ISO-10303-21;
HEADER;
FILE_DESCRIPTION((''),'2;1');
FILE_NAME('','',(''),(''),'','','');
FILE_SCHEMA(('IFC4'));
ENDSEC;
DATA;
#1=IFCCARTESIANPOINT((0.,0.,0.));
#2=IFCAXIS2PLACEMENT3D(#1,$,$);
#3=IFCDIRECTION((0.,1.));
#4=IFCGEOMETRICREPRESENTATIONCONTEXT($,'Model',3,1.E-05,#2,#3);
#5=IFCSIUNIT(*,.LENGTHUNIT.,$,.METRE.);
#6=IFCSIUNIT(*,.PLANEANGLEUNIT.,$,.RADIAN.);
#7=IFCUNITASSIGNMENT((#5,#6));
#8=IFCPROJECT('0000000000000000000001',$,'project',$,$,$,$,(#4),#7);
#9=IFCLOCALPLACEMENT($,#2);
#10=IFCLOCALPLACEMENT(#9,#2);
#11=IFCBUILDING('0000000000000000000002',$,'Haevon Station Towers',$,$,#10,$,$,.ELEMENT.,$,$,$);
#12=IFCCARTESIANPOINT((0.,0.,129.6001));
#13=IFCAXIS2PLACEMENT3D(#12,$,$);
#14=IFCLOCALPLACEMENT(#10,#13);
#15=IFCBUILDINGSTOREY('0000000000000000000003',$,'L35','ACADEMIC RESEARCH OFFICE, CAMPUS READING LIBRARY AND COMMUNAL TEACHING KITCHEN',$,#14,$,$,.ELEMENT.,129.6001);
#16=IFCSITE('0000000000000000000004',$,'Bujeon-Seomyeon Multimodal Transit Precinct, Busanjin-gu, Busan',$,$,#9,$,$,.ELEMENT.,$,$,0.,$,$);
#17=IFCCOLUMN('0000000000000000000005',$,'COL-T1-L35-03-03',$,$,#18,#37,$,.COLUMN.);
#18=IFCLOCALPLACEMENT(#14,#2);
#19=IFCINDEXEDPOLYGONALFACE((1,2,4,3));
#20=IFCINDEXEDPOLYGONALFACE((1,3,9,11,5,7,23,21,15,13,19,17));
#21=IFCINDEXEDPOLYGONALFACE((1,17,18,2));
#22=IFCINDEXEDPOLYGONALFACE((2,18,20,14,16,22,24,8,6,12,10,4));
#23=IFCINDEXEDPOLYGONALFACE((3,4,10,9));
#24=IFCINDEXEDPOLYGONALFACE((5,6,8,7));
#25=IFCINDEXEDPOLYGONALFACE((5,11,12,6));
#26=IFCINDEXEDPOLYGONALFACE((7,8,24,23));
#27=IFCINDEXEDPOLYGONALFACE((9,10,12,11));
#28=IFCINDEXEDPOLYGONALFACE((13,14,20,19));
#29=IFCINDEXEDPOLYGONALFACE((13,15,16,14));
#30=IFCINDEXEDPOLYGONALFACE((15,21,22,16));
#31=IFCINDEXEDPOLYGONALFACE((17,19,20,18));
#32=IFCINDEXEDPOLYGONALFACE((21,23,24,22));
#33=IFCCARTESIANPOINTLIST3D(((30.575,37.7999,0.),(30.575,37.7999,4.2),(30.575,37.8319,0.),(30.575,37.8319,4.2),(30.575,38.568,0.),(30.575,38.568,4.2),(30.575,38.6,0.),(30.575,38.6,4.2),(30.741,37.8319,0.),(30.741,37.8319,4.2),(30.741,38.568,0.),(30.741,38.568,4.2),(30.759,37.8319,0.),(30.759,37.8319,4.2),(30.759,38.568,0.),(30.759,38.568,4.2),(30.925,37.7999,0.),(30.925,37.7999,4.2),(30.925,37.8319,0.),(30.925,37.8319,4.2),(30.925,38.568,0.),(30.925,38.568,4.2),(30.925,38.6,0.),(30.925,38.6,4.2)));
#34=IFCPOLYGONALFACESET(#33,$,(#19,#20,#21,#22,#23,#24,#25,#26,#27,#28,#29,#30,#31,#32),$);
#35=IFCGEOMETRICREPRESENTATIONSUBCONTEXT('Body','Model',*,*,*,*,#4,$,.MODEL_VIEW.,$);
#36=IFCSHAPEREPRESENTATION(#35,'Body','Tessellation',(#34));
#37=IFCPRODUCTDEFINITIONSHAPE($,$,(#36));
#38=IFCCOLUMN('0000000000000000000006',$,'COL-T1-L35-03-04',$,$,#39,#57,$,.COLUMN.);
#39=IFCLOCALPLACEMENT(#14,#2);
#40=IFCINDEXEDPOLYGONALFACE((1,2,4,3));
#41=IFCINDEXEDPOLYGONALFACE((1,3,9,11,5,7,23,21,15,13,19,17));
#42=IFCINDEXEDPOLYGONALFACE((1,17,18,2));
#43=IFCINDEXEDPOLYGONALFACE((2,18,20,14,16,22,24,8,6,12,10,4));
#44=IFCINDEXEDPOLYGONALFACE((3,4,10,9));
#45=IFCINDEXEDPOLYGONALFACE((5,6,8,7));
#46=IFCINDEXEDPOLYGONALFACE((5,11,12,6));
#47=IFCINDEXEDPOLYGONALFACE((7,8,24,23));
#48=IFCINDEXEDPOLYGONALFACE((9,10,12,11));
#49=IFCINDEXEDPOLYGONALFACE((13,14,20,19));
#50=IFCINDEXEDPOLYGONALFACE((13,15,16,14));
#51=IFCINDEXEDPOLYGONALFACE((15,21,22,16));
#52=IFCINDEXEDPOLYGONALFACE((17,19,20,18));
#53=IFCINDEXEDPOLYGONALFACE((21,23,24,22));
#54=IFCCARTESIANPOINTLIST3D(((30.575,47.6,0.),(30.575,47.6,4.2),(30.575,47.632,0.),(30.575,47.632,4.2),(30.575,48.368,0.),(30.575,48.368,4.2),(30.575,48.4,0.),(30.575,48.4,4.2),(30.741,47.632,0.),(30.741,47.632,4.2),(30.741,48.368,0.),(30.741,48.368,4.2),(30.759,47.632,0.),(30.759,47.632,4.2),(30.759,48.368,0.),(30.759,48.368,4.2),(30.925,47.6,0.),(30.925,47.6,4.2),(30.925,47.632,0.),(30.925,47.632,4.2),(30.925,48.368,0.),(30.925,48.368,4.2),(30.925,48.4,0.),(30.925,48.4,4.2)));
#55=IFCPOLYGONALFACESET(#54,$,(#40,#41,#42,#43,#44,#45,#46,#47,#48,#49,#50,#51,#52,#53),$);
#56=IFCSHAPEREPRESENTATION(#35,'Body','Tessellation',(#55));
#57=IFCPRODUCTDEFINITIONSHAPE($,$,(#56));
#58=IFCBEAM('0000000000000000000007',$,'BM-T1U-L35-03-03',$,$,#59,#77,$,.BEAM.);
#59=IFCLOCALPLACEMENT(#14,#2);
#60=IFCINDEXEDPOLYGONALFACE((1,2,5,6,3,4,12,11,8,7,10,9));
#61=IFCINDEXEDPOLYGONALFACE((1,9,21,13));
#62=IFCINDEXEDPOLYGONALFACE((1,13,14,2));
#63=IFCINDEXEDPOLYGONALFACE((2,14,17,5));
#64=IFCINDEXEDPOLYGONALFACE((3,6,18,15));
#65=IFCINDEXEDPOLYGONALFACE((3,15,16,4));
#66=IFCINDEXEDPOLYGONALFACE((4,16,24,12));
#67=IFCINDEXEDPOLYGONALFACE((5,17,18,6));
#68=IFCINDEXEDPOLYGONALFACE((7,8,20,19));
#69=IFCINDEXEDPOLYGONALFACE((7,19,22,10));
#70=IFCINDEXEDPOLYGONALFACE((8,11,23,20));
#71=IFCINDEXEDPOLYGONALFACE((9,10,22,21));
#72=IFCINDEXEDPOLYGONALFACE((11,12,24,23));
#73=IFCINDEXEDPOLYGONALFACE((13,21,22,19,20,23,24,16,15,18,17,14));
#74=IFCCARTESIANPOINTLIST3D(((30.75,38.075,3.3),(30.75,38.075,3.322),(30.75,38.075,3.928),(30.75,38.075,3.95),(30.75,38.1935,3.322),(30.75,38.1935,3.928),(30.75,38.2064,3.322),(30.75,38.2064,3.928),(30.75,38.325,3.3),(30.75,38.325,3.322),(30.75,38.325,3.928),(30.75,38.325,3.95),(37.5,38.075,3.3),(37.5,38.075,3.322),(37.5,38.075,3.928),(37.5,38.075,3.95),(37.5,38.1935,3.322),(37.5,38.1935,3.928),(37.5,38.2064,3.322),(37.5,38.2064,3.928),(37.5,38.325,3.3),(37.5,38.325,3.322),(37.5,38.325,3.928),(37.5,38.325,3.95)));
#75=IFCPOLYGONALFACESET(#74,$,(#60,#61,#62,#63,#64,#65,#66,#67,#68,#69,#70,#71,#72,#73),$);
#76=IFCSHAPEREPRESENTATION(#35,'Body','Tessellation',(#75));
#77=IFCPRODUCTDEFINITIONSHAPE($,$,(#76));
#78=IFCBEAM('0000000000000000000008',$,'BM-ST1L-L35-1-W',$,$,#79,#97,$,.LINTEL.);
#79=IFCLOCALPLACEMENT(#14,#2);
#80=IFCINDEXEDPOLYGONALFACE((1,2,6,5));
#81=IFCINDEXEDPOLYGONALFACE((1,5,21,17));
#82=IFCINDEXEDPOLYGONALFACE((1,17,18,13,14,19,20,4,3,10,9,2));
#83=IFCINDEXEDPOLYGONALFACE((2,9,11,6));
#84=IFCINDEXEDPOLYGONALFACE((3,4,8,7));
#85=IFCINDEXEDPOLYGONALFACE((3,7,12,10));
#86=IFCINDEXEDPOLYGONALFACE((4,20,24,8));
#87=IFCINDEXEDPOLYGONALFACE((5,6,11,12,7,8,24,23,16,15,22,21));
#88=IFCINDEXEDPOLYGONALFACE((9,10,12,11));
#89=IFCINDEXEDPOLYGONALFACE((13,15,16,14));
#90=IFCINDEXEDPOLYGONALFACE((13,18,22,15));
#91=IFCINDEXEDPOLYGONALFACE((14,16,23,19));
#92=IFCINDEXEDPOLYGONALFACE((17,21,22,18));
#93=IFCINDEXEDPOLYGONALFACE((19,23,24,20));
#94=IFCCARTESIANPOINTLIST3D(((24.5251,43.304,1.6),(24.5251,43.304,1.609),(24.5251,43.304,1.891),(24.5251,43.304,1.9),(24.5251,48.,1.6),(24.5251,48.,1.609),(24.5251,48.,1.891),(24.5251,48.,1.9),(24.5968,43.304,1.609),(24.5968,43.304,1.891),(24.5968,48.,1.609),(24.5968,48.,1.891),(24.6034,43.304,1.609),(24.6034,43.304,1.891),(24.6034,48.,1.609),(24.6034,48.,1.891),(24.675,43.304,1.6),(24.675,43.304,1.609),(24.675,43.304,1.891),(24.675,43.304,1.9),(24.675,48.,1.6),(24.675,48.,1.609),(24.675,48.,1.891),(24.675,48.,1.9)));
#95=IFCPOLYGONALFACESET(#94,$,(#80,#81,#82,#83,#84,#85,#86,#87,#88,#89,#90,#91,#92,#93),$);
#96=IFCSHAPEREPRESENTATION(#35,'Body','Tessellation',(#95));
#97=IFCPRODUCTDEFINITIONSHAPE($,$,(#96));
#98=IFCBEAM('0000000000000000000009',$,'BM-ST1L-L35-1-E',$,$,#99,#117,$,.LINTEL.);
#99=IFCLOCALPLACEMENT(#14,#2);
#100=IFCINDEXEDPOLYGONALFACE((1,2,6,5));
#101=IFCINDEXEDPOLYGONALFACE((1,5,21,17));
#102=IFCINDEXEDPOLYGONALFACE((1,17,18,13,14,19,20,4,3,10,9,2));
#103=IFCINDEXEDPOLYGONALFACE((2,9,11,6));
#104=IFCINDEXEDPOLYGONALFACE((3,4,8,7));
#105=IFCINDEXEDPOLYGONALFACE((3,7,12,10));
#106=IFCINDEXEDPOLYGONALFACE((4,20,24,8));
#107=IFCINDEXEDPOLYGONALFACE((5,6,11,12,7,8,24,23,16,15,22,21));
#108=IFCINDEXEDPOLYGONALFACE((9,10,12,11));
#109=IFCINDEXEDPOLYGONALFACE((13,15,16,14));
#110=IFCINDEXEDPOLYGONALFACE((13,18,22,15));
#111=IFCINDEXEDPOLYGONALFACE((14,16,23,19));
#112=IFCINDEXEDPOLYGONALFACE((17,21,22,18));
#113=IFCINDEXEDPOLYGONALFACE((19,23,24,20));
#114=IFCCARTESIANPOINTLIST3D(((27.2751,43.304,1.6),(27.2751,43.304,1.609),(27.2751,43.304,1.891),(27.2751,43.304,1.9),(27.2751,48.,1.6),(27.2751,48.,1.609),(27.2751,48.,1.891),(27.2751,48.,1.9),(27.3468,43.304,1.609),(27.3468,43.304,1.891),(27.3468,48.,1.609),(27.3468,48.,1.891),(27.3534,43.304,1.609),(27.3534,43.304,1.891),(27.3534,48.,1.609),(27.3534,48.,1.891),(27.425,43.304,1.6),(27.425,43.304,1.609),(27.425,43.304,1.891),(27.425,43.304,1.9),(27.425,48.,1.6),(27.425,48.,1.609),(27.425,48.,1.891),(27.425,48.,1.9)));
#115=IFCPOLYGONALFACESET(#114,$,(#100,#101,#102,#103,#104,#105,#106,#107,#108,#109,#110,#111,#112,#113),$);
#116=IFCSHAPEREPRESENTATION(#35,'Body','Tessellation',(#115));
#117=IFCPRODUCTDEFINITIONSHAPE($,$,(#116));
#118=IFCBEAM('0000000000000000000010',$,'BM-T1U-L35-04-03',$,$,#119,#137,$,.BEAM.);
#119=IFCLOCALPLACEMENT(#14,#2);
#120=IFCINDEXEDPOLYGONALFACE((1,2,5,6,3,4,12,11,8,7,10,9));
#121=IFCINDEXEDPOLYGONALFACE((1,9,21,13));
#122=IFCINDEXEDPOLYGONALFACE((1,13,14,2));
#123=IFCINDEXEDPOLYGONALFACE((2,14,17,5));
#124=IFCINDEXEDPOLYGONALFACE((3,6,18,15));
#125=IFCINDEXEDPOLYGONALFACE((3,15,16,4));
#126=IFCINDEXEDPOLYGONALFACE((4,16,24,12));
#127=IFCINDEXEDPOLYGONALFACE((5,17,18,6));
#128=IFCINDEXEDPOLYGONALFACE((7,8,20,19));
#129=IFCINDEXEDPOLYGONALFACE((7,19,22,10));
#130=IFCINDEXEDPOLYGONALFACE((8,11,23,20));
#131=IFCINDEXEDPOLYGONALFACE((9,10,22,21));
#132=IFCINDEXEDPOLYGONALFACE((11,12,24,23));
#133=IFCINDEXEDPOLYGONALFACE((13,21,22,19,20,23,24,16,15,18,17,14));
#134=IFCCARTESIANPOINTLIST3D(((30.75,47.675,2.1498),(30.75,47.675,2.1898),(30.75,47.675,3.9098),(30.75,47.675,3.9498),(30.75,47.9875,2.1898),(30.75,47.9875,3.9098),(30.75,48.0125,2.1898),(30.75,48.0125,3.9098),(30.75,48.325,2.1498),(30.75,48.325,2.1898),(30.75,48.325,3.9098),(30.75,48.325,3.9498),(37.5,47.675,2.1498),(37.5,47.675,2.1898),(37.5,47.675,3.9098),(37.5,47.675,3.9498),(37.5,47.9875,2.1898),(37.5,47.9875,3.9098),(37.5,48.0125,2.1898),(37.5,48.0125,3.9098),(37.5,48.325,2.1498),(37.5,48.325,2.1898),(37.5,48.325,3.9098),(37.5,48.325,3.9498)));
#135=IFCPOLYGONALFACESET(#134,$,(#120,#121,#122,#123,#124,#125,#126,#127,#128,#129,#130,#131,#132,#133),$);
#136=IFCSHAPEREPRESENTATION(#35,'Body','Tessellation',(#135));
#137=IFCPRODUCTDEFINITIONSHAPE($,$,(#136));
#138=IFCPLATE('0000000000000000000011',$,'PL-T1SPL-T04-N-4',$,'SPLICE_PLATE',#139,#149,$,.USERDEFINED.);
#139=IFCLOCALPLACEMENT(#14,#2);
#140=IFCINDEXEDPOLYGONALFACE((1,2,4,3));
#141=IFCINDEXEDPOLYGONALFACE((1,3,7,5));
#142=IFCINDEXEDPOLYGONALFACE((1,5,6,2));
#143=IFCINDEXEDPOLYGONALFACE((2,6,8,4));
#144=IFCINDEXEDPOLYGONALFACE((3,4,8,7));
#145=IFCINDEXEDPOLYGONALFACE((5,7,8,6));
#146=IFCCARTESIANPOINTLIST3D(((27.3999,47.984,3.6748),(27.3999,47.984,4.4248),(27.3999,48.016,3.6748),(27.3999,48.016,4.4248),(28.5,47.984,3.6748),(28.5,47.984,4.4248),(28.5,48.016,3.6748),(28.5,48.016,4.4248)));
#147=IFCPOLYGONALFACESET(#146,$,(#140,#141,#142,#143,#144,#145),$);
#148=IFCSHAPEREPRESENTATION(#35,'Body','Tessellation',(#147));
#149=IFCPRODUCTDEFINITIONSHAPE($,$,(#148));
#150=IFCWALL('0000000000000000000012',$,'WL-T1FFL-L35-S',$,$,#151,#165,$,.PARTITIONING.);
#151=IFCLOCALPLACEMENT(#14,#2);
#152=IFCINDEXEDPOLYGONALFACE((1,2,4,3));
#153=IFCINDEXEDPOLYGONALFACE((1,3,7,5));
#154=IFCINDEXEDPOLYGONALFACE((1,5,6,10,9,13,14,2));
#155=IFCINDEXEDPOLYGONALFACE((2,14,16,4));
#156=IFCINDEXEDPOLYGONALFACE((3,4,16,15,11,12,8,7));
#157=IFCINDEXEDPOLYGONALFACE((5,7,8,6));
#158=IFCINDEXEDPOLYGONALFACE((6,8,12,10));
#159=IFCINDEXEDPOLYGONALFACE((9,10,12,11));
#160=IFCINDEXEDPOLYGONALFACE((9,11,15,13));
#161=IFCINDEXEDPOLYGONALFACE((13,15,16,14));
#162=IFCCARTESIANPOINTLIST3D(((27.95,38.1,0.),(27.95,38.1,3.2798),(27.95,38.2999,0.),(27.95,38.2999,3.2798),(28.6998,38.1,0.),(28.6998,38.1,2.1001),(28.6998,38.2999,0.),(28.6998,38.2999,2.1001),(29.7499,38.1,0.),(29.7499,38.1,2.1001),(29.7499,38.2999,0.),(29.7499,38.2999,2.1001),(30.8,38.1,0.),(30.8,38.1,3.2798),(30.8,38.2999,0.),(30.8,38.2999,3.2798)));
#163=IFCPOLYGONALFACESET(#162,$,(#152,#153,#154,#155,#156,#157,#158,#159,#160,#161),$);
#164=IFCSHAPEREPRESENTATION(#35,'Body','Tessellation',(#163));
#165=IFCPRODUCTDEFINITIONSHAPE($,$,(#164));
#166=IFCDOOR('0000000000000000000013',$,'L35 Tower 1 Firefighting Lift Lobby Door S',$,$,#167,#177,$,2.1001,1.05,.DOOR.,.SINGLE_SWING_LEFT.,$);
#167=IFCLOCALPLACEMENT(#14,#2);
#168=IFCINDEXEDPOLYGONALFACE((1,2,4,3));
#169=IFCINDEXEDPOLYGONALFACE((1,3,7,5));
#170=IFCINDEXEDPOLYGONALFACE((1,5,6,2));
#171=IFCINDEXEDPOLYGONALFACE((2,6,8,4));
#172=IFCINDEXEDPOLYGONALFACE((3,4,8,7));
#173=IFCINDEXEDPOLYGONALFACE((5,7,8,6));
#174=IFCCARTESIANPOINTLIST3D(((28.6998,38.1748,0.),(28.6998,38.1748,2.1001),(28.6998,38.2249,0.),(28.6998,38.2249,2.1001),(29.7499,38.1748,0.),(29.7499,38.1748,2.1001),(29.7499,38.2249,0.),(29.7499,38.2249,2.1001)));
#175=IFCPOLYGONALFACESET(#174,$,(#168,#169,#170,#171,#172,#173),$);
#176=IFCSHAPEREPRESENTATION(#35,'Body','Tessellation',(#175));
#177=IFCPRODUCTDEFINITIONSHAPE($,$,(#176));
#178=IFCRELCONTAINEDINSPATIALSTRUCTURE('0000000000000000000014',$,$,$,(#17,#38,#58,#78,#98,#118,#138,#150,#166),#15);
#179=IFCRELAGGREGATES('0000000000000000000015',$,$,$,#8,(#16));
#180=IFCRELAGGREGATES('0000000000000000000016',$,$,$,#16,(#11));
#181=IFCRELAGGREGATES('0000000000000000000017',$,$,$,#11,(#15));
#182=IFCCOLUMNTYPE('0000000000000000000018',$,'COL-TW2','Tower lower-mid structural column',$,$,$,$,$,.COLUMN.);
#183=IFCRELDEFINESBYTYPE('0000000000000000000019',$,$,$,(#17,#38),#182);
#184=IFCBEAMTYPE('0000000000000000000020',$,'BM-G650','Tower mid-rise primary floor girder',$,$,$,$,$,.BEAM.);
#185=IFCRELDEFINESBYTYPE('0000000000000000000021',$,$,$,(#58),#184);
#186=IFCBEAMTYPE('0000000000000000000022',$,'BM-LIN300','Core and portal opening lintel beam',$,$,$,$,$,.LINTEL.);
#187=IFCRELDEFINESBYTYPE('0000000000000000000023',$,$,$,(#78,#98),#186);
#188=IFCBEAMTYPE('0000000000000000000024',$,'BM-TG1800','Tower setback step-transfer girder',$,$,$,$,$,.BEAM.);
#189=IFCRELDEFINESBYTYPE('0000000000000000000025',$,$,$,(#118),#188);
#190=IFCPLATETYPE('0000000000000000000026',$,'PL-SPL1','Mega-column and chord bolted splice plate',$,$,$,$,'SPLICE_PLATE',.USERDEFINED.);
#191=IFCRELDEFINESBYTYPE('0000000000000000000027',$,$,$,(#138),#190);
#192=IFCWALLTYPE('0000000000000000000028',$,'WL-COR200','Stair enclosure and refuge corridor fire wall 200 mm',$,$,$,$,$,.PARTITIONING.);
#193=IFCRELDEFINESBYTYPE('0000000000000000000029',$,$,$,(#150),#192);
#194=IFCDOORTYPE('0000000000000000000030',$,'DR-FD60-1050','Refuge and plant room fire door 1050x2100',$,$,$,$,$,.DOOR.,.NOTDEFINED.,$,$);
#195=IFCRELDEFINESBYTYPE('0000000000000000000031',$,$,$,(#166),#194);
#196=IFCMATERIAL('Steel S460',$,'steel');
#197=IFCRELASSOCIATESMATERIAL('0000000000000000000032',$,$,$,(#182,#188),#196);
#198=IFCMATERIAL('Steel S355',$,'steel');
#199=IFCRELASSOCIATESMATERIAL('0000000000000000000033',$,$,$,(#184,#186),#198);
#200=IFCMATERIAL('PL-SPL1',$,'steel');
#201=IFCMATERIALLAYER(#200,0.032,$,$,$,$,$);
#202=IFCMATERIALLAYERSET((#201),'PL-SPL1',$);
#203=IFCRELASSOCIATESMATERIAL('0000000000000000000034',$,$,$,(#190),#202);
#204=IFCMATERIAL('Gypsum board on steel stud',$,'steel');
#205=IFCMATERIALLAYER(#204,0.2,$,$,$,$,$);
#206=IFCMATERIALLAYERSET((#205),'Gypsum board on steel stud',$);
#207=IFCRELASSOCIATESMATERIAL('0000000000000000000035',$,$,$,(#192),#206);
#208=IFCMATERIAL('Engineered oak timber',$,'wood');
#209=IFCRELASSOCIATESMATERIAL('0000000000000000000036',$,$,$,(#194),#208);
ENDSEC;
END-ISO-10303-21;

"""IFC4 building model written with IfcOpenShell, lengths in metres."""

from ifc_helpers import new_model, si_unit, direction, frame, frame_2d, origin, origin_2d, place, context, subcontext, project, spatial, rectangle, i_section, extrude, material, layer, layer_set, material_profile, profile_set, type_object, element, fill, save


model = new_model("IFC4")

# Units and contexts
model_context = context("Model", 3, precision=1e-05, world=origin(), true_north=direction((0.0, 1.0)))
body_context = subcontext(model_context, "Body", "Model", "MODEL_VIEW")
ifc_project = project(units=[si_unit("LENGTHUNIT", "METRE"), si_unit("PLANEANGLEUNIT", "RADIAN")], contexts=[model_context])

# Site, building, storey
site_placement = place(None, origin())
site = spatial("IfcSite", under=ifc_project, at=site_placement, Name="Bujeon-Seomyeon Multimodal Transit Precinct, Busanjin-gu, Busan", CompositionType="ELEMENT", RefElevation=0.0)
building_placement = place(site_placement, origin())
building = spatial("IfcBuilding", under=site, at=building_placement, Name="Haevon Station Towers", CompositionType="ELEMENT")
storey_placement = place(building_placement, frame((0.0, 0.0, 129.6001)))
storey = spatial("IfcBuildingStorey", under=building, at=storey_placement, Name="L35", Description="ACADEMIC RESEARCH OFFICE, CAMPUS READING LIBRARY AND COMMUNAL TEACHING KITCHEN", CompositionType="ELEMENT", Elevation=129.6001)

# Columns
ifc_material_1 = material(Name="Steel S460", Category="steel")
ifc_material_profile_1 = material_profile(ifc_material_1, i_section(OverallWidth=0.3501, OverallDepth=0.8, WebThickness=0.0181, FlangeThickness=0.032, at=origin_2d()), Name="H-800x350x18x32")
ifc_profile_set_1 = profile_set([ifc_material_profile_1], Name="Steel S460")
column_type = type_object("IfcColumnType", Name="COL-TW2", Description="Tower lower-mid structural column", PredefinedType="COLUMN", material=ifc_profile_set_1)
for number, where, z_axis, x_axis, name in (
    (1, (30.75, 38.2, 0.0), (0.0, 0.0, 1.0), (1.0, 0.0, 0.0), "COL-T1-L35-03-03"),
    (2, (30.75, 48.0, 0.0), (0.0, 0.0, 1.0), (1.0, 0.0, 0.0), "COL-T1-L35-03-04"),
):
    element("IfcColumn", number, at=place(storey_placement, frame(where, z_axis=z_axis, x_axis=x_axis)), inside=storey, type_object=column_type, Name=name, PredefinedType="COLUMN", context=body_context, shape_type="SweptSolid", body=[
        extrude(i_section(OverallWidth=0.3501, OverallDepth=0.8, WebThickness=0.0181, FlangeThickness=0.032, at=origin_2d()), origin(), (0.0, 0.0, 1.0), 4.2),
    ])

# Beams
ifc_material_2 = material(Name="Steel S355", Category="steel")
ifc_material_profile_2 = material_profile(ifc_material_2, i_section(OverallWidth=0.25, OverallDepth=0.6499, WebThickness=0.0129, FlangeThickness=0.022, at=origin_2d()), Name="H-650x250x13x22")
ifc_profile_set_2 = profile_set([ifc_material_profile_2], Name="Steel S355")
beam_type_1 = type_object("IfcBeamType", Name="BM-G650", Description="Tower mid-rise primary floor girder", PredefinedType="BEAM", material=ifc_profile_set_2)
beam_1_placement = place(storey_placement, frame((30.75, 38.2, 3.625), z_axis=(1.0, 0.0, 0.0), x_axis=(0.0, 1.0, 0.0)))
element("IfcBeam", 3, at=beam_1_placement, inside=storey, type_object=beam_type_1, Name="BM-T1U-L35-03-03", PredefinedType="BEAM", context=body_context, shape_type="SweptSolid", body=[
    extrude(i_section(OverallWidth=0.25, OverallDepth=0.6499, WebThickness=0.0129, FlangeThickness=0.022, at=origin_2d()), origin(), (0.0, 0.0, 1.0), 6.75),
])
ifc_material_profile_3 = material_profile(ifc_material_2, i_section(OverallWidth=0.1499, OverallDepth=0.3, WebThickness=0.0066, FlangeThickness=0.009, at=origin_2d()), Name="H-300x150x6.5x9")
ifc_profile_set_3 = profile_set([ifc_material_profile_3], Name="Steel S355")
beam_type_2 = type_object("IfcBeamType", Name="BM-LIN300", Description="Core and portal opening lintel beam", PredefinedType="LINTEL", material=ifc_profile_set_3)
for number, where, z_axis, x_axis, name in (
    (4, (24.6001, 43.304, 1.75), (0.0, 1.0, 0.0), (-1.0, 0.0, 0.0), "BM-ST1L-L35-1-W"),
    (5, (27.3501, 43.304, 1.75), (0.0, 1.0, 0.0), (-1.0, 0.0, 0.0), "BM-ST1L-L35-1-E"),
):
    element("IfcBeam", number, at=place(storey_placement, frame(where, z_axis=z_axis, x_axis=x_axis)), inside=storey, type_object=beam_type_2, Name=name, PredefinedType="LINTEL", context=body_context, shape_type="SweptSolid", body=[
        extrude(i_section(OverallWidth=0.1499, OverallDepth=0.3, WebThickness=0.0066, FlangeThickness=0.009, at=origin_2d()), origin(), (0.0, 0.0, 1.0), 4.696),
    ])
ifc_material_profile_4 = material_profile(ifc_material_1, i_section(OverallWidth=0.6499, OverallDepth=1.8, WebThickness=0.0249, FlangeThickness=0.04, at=origin_2d()), Name="H-1800x650x25x40")
ifc_profile_set_4 = profile_set([ifc_material_profile_4], Name="Steel S460")
beam_type_3 = type_object("IfcBeamType", Name="BM-TG1800", Description="Tower setback step-transfer girder", PredefinedType="BEAM", material=ifc_profile_set_4)
beam_2_placement = place(storey_placement, frame((30.75, 48.0, 3.0498), z_axis=(1.0, 0.0, 0.0), x_axis=(0.0, 1.0, 0.0)))
element("IfcBeam", 6, at=beam_2_placement, inside=storey, type_object=beam_type_3, Name="BM-T1U-L35-04-03", PredefinedType="BEAM", context=body_context, shape_type="SweptSolid", body=[
    extrude(i_section(OverallWidth=0.6499, OverallDepth=1.8, WebThickness=0.0249, FlangeThickness=0.04, at=origin_2d()), origin(), (0.0, 0.0, 1.0), 6.75),
])

# Plate
ifc_material_3 = material(Name="PL-SPL1", Category="steel")
ifc_layer_1 = layer(ifc_material_3, 0.032)
ifc_layer_set_1 = layer_set([ifc_layer_1], Name="PL-SPL1")
plate_type = type_object("IfcPlateType", Name="PL-SPL1", Description="Mega-column and chord bolted splice plate", ElementType="SPLICE_PLATE", PredefinedType="USERDEFINED", material=ifc_layer_set_1)
plate_placement = place(storey_placement, frame((27.95, 48.0, 3.6748), z_axis=(0.0, 0.0, 1.0), x_axis=(1.0, 0.0, 0.0)))
element("IfcPlate", 7, at=plate_placement, inside=storey, type_object=plate_type, Name="PL-T1SPL-T04-N-4", ObjectType="SPLICE_PLATE", PredefinedType="USERDEFINED", context=body_context, shape_type="SweptSolid", body=[
    extrude(rectangle(XDim=1.1001, YDim=0.032, at=origin_2d()), origin(), (0.0, 0.0, 1.0), 0.75),
])

# Wall, opening, door
ifc_material_4 = material(Name="Gypsum board on steel stud", Category="steel")
ifc_layer_2 = layer(ifc_material_4, 0.2)
ifc_layer_set_2 = layer_set([ifc_layer_2], Name="Gypsum board on steel stud")
wall_type_1 = type_object("IfcWallType", Name="WL-COR200", Description="Stair enclosure and refuge corridor fire wall 200 mm", PredefinedType="PARTITIONING", material=ifc_layer_set_2)
wall_1_placement = place(storey_placement, frame((27.95, 38.2, 0.0), z_axis=(0.0, 0.0, 1.0), x_axis=(1.0, 0.0, 0.0)))
wall_1 = element("IfcWall", 8, at=wall_1_placement, inside=storey, type_object=wall_type_1, Name="WL-T1FFL-L35-S", PredefinedType="PARTITIONING", context=body_context, shape_type="SweptSolid", body=[
    extrude(rectangle(XDim=2.8501, YDim=0.2, at=frame_2d((1.425, 0.0))), origin(), (0.0, 0.0, 1.0), 3.2798),
])
opening_1_placement = place(wall_1_placement, frame((0.75, 0.0, 0.0)))
opening_1 = element("IfcOpeningElement", 9, at=opening_1_placement, cuts=wall_1, PredefinedType="OPENING", context=body_context, shape_type="SweptSolid", body=[
    extrude(rectangle(XDim=1.05, YDim=2.1001, at=frame_2d((0.5249, 1.05))), frame((0.0, 0.1099, 0.0), z_axis=(0.0, -1.0, 0.0), x_axis=(1.0, 0.0, 0.0)), (0.0, 0.0, 1.0), 0.22),
])
ifc_material_5 = material(Name="Engineered oak timber", Category="wood")
door_type_1 = type_object("IfcDoorType", Name="DR-FD60-1050", Description="Refuge and plant room fire door 1050x2100", OperationType="NOTDEFINED", PredefinedType="DOOR", material=ifc_material_5)
door_1_placement = place(opening_1_placement, origin())
door_1 = element("IfcDoor", 10, at=door_1_placement, inside=storey, type_object=door_type_1, Name="L35 Tower 1 Firefighting Lift Lobby Door S", OperationType="SINGLE_SWING_LEFT", OverallHeight=2.1001, OverallWidth=1.05, PredefinedType="DOOR", context=body_context, shape_type="SweptSolid", body=[
    extrude(rectangle(XDim=1.05, YDim=2.1001, at=frame_2d((0.5249, 1.05))), frame((0.0, 0.0249, 0.0), z_axis=(0.0, -1.0, 0.0), x_axis=(1.0, 0.0, 0.0)), (0.0, 0.0, 1.0), 0.05),
])
fill(opening_1, door_1)

save(model, "model.ifc")
